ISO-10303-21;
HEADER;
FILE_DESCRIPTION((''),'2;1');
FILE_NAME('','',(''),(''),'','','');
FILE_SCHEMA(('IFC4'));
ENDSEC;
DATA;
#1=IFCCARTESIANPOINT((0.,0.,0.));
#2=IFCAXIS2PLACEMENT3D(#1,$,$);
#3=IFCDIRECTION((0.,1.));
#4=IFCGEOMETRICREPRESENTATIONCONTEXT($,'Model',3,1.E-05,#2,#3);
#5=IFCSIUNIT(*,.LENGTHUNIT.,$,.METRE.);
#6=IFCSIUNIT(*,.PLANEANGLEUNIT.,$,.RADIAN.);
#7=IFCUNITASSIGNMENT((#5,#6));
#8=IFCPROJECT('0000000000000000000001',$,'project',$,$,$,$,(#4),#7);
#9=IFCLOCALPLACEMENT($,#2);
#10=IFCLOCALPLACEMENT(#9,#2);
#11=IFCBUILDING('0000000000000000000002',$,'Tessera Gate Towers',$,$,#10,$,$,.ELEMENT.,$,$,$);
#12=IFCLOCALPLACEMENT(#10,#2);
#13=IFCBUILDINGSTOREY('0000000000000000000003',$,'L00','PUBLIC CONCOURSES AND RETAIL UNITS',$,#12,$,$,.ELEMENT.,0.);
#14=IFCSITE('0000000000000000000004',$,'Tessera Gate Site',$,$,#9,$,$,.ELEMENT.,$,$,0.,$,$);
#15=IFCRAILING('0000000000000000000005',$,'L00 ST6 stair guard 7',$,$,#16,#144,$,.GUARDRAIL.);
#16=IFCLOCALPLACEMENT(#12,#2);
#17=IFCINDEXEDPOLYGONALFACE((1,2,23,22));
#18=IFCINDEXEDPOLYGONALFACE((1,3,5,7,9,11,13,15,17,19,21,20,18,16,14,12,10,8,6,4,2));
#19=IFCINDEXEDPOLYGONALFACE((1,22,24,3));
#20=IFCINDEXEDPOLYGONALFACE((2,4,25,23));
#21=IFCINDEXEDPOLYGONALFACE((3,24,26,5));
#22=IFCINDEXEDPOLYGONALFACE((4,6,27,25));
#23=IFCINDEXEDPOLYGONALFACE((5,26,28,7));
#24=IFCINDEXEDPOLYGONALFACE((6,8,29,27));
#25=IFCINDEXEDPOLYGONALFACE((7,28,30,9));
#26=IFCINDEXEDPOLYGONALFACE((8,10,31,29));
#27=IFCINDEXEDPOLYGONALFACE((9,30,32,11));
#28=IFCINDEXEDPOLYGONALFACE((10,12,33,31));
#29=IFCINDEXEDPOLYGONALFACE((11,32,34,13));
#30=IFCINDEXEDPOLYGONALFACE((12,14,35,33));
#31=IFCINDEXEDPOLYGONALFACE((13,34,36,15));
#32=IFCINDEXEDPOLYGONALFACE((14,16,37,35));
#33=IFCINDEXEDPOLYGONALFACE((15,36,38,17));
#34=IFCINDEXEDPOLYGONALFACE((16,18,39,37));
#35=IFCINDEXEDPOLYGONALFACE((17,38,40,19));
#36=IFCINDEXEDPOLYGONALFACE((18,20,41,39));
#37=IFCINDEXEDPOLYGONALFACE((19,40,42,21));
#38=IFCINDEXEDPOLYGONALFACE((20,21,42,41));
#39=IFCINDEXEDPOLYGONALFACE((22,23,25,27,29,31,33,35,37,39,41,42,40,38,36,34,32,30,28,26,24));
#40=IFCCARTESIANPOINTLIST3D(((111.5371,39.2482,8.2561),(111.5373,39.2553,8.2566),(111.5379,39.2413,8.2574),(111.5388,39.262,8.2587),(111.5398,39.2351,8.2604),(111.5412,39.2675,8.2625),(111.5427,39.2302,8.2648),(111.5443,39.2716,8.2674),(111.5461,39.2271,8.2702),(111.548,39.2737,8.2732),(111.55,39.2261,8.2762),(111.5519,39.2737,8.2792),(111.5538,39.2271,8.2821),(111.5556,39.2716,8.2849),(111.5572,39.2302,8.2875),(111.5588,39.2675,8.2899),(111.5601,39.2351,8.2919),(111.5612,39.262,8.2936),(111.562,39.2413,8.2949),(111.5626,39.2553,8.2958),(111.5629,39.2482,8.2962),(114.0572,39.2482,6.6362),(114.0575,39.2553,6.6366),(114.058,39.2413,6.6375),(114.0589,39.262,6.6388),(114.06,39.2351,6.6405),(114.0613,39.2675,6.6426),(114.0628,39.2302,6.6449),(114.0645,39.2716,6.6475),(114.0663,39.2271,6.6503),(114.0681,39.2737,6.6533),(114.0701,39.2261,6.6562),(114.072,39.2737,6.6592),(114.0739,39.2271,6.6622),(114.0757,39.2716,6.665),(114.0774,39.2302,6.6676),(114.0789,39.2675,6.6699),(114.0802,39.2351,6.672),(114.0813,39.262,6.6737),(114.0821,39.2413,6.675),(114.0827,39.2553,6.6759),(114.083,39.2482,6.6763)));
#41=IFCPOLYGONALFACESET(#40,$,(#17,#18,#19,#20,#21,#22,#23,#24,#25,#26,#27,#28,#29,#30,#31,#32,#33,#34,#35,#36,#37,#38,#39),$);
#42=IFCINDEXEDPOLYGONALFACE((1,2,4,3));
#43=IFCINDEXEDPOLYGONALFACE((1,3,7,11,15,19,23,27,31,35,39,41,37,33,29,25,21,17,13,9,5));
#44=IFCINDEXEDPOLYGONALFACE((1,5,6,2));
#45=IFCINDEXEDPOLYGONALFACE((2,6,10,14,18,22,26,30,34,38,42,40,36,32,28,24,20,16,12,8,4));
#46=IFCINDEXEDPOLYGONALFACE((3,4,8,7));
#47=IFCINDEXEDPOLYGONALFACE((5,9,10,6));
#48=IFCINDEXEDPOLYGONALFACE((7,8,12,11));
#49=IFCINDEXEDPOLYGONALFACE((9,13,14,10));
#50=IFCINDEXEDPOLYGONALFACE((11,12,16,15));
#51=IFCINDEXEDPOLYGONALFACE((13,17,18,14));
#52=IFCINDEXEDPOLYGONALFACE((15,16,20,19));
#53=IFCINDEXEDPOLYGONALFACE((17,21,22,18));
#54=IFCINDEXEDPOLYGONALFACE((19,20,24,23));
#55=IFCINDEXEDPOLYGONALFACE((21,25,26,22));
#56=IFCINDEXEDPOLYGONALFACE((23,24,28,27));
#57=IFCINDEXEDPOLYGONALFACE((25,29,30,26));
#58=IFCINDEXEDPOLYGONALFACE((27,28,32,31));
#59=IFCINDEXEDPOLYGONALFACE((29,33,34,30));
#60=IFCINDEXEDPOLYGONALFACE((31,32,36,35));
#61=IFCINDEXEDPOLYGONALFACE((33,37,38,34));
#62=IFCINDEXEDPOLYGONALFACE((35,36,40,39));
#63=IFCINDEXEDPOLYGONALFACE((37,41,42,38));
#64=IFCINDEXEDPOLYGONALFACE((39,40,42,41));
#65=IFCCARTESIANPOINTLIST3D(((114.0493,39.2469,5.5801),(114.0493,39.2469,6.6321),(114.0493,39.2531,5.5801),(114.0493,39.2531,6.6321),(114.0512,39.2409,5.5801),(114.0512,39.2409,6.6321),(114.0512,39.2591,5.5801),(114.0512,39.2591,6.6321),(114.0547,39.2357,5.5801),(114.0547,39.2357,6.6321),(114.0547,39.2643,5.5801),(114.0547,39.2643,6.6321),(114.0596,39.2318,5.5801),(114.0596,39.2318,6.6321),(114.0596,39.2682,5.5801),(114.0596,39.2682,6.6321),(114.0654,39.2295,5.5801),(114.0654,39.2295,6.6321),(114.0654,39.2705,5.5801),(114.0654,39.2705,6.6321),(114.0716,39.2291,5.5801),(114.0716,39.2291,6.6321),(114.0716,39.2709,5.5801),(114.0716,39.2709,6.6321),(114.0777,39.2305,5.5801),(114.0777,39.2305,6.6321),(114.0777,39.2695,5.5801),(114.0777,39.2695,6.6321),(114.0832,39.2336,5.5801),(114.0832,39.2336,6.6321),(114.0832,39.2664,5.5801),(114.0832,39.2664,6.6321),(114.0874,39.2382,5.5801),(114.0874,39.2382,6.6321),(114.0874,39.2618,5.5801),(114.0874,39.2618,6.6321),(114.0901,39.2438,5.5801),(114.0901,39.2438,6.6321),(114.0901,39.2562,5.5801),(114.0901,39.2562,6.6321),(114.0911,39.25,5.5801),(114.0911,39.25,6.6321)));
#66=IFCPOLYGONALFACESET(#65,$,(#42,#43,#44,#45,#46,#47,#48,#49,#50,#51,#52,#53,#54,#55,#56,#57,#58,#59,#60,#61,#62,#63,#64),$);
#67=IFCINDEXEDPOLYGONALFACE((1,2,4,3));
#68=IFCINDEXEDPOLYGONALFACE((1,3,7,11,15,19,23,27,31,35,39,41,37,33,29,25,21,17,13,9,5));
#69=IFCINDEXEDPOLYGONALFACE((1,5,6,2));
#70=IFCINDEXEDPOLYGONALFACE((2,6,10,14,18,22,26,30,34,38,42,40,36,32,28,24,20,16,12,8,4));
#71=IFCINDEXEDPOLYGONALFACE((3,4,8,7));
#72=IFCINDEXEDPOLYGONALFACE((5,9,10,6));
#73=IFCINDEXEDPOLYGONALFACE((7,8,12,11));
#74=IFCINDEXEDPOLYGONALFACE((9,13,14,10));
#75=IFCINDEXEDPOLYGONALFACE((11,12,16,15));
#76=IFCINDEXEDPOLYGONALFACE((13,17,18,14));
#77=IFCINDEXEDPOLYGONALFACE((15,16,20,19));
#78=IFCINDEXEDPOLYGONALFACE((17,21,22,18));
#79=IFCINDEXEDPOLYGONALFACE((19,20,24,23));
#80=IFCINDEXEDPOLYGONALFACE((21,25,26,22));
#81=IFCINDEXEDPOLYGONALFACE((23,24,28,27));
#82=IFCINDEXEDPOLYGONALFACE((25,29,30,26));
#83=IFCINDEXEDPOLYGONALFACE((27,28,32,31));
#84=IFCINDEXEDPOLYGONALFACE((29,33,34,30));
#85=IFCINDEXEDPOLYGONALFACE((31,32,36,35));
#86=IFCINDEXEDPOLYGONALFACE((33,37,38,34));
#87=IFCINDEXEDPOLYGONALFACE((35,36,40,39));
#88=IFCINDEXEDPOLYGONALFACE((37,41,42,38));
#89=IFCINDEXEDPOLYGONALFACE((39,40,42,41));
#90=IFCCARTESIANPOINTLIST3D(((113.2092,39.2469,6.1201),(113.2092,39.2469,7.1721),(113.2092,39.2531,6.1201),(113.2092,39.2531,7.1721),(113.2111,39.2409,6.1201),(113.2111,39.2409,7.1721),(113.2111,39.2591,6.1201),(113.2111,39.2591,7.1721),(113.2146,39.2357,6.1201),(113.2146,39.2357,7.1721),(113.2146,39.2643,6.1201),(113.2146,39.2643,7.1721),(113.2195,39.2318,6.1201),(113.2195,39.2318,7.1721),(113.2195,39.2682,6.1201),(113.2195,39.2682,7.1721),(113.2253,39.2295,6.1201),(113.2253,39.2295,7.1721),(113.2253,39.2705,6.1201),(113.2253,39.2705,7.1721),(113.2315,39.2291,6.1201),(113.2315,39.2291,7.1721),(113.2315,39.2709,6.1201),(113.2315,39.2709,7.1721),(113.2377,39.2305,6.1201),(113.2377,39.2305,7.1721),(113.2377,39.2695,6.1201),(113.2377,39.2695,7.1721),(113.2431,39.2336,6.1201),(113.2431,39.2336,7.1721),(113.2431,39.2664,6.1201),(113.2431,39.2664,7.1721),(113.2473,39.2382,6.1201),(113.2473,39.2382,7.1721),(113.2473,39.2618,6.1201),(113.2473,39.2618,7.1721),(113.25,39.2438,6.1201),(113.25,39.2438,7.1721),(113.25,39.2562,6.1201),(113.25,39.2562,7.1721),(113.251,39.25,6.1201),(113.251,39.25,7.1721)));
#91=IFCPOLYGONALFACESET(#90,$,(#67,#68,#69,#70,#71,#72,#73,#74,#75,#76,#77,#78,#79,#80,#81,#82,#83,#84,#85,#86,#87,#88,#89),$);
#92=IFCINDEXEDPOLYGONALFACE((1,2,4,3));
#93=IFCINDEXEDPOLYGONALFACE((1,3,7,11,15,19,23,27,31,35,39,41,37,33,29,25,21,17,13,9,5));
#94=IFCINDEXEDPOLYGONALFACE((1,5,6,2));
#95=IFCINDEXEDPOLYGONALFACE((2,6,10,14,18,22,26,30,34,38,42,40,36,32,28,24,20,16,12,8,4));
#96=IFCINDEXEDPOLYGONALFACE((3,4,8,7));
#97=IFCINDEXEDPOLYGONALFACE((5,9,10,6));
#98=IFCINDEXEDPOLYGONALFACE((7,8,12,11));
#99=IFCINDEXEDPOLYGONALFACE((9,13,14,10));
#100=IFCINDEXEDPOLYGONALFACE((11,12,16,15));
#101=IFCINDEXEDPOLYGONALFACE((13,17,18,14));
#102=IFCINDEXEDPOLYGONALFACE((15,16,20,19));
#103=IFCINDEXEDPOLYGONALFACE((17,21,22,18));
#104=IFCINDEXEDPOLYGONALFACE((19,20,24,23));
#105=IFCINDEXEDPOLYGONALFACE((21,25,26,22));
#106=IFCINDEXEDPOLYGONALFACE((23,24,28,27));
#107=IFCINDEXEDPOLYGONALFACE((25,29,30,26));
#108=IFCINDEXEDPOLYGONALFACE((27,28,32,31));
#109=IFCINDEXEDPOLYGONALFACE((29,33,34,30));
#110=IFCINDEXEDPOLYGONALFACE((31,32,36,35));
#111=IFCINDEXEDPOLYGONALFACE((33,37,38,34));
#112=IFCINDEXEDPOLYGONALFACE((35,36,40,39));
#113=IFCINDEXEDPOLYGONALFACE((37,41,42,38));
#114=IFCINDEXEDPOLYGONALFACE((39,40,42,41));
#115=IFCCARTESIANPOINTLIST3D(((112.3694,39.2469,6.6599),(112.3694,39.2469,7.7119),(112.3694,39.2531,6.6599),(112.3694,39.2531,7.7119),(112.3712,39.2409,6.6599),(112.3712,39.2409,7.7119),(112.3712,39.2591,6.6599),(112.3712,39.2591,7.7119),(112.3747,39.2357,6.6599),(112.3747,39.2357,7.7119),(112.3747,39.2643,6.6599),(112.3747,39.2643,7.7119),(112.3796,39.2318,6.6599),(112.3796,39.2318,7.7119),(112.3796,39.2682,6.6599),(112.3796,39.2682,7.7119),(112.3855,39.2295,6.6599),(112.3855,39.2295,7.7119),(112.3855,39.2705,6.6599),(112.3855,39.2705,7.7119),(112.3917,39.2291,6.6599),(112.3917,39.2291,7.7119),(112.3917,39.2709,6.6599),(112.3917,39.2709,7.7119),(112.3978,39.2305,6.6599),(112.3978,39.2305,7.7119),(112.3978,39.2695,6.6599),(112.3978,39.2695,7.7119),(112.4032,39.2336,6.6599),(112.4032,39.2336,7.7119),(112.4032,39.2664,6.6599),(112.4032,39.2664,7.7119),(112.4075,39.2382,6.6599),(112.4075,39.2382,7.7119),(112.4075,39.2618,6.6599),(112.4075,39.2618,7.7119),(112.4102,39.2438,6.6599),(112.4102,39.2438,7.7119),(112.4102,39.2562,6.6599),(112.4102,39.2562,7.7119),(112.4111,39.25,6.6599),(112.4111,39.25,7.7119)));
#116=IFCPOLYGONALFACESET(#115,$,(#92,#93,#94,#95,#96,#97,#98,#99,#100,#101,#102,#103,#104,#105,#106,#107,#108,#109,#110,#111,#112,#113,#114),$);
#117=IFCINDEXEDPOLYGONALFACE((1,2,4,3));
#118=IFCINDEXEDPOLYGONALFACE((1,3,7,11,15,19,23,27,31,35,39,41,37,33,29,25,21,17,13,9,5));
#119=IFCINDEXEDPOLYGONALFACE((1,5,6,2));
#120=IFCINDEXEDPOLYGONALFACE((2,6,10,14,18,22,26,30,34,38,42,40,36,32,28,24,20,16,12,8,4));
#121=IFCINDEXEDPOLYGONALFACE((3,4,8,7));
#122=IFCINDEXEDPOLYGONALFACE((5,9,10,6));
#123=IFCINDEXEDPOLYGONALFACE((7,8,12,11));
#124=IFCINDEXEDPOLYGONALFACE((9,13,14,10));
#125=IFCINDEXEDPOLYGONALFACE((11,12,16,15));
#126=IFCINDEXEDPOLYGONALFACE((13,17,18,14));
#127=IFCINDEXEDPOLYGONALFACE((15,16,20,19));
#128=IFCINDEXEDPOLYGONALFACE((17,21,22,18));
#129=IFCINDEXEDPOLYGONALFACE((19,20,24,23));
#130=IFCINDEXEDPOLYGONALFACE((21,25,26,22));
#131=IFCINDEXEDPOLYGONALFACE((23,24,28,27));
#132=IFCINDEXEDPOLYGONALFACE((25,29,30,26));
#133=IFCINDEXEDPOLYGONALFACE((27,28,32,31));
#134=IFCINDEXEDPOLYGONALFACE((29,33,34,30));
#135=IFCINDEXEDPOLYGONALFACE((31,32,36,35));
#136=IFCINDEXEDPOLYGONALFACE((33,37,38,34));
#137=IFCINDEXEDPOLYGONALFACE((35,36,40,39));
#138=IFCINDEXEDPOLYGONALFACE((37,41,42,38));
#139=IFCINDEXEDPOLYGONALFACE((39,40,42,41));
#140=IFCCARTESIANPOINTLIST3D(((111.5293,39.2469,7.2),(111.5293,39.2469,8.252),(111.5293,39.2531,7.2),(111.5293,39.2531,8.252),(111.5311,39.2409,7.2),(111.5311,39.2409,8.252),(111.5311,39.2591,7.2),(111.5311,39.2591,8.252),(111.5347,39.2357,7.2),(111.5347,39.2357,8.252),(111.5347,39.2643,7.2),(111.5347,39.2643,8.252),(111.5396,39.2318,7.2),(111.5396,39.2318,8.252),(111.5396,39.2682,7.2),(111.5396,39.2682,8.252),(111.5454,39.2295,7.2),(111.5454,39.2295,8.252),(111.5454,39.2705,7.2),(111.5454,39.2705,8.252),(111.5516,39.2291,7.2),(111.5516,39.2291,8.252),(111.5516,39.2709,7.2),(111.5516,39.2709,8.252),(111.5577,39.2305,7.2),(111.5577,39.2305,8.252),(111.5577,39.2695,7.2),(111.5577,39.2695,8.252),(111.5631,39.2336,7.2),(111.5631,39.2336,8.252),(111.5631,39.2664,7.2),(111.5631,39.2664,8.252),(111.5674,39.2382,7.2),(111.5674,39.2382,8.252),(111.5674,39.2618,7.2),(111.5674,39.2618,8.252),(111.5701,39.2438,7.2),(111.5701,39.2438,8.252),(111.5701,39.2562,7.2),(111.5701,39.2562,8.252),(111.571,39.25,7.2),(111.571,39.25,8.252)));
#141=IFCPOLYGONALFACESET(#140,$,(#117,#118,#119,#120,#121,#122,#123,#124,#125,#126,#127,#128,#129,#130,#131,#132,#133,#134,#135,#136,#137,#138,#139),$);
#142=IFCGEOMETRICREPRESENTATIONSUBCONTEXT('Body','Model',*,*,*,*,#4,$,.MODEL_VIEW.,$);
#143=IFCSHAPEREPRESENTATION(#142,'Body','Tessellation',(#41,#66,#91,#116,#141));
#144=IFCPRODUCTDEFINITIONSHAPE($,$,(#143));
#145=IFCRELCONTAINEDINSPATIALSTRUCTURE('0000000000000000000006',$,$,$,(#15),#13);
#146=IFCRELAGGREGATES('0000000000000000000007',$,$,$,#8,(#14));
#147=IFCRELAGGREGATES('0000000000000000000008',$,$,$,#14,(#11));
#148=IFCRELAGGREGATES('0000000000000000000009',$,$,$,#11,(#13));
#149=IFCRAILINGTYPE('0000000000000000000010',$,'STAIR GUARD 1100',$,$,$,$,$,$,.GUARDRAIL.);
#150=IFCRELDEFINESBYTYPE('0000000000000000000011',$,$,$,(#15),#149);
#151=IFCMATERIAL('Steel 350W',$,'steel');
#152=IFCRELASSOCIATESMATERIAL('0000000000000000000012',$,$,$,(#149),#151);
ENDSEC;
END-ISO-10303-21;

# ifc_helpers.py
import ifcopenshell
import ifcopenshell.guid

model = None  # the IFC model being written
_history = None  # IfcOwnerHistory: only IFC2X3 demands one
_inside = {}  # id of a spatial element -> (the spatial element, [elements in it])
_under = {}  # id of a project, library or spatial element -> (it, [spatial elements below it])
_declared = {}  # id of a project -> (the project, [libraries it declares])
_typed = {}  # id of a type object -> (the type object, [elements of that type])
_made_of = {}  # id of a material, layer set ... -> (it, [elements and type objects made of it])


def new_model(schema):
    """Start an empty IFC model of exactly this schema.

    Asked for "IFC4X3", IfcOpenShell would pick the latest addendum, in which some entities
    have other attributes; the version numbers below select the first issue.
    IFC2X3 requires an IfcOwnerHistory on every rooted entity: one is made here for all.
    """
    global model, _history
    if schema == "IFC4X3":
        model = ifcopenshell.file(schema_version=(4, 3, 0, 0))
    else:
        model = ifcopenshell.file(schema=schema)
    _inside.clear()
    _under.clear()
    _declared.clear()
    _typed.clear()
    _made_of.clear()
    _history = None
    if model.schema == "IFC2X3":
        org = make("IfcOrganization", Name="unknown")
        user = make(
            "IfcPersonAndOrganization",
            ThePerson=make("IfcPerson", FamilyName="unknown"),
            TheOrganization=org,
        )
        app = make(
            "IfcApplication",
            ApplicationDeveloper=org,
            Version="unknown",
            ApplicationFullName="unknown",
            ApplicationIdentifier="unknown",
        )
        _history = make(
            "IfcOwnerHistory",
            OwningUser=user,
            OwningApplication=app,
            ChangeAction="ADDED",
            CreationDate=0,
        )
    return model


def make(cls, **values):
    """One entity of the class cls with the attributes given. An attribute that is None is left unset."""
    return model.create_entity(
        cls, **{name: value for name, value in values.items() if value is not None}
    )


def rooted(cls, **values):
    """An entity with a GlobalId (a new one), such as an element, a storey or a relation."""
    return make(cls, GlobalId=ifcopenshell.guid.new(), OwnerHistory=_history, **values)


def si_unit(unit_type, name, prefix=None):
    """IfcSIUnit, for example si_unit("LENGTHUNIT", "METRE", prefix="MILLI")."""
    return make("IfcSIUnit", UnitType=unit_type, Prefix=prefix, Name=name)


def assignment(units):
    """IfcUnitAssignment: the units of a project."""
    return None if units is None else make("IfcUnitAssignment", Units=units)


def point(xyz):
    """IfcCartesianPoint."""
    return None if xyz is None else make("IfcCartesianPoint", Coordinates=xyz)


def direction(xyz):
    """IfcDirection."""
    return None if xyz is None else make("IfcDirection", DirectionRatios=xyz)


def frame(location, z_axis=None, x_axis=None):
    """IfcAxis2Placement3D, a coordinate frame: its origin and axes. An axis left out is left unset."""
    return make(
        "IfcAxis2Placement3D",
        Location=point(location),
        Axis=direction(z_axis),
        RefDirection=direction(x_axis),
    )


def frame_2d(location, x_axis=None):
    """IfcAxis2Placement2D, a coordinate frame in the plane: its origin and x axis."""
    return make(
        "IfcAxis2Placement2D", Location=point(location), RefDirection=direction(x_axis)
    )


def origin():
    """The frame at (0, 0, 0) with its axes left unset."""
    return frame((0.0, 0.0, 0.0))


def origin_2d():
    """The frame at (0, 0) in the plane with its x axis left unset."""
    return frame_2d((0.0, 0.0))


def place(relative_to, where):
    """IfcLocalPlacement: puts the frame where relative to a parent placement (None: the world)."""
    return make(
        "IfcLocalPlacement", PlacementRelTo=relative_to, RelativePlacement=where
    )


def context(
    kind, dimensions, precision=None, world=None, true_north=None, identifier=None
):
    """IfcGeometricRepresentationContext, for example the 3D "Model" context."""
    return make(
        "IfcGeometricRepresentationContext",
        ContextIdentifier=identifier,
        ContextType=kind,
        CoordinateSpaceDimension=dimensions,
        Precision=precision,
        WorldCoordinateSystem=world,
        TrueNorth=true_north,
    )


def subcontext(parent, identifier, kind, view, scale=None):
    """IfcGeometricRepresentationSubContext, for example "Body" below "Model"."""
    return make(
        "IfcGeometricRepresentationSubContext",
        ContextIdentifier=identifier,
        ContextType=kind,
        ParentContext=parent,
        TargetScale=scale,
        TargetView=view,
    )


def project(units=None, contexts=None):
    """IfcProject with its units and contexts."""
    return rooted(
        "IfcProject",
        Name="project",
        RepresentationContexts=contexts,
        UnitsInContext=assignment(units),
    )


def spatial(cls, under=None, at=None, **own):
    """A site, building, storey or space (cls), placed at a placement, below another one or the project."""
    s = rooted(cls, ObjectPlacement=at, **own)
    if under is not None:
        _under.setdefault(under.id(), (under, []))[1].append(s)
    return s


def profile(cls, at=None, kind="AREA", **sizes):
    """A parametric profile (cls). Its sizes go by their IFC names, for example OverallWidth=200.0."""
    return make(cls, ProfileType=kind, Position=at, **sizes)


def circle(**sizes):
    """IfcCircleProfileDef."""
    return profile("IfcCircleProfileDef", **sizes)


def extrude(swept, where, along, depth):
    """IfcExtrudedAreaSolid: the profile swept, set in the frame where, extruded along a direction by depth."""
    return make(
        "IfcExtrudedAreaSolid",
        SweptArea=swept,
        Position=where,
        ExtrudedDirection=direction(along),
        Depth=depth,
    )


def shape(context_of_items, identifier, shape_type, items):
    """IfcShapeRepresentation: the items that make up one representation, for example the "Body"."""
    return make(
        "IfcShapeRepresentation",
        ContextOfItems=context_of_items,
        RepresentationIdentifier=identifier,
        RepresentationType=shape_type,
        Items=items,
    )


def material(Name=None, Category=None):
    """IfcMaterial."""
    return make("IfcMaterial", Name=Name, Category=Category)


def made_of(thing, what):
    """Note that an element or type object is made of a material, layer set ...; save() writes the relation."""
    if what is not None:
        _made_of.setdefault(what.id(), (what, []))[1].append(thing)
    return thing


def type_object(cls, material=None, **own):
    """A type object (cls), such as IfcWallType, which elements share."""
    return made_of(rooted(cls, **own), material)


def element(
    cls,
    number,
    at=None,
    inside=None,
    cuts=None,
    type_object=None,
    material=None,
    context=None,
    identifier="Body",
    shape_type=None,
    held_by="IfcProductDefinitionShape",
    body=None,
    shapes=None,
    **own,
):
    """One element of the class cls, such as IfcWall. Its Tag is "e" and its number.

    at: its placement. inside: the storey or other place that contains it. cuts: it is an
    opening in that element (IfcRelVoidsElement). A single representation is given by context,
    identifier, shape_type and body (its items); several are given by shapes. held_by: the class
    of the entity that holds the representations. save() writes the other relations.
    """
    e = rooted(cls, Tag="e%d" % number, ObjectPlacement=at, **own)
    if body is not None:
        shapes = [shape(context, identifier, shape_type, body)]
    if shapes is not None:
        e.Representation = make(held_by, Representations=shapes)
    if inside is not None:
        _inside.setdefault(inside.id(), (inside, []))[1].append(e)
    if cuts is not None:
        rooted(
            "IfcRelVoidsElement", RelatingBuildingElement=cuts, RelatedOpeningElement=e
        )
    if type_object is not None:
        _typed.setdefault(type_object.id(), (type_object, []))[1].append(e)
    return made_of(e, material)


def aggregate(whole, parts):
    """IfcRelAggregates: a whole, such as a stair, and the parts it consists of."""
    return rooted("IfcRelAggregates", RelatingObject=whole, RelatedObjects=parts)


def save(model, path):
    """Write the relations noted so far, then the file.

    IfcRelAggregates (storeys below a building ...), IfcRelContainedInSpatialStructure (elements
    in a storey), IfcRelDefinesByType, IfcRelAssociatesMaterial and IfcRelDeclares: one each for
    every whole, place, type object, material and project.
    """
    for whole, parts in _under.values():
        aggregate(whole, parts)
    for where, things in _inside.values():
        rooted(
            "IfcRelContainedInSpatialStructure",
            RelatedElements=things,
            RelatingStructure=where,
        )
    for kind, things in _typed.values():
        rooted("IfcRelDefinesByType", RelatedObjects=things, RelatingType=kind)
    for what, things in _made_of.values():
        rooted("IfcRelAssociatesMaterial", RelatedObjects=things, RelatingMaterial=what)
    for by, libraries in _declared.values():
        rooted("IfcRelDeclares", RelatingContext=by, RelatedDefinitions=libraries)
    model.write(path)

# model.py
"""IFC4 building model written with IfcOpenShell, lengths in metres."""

from ifc_helpers import new_model, si_unit, direction, frame, origin, origin_2d, place, context, subcontext, project, spatial, circle, extrude, material, type_object, element, save


model = new_model("IFC4")

# Units and contexts
model_context = context("Model", 3, precision=1e-05, world=origin(), true_north=direction((0.0, 1.0)))
body_context = subcontext(model_context, "Body", "Model", "MODEL_VIEW")
ifc_project = project(units=[si_unit("LENGTHUNIT", "METRE"), si_unit("PLANEANGLEUNIT", "RADIAN")], contexts=[model_context])

# Site, building, storey
site_placement = place(None, origin())
site = spatial("IfcSite", under=ifc_project, at=site_placement, Name="Tessera Gate Site", CompositionType="ELEMENT", RefElevation=0.0)
building_placement = place(site_placement, origin())
building = spatial("IfcBuilding", under=site, at=building_placement, Name="Tessera Gate Towers", CompositionType="ELEMENT")
storey_placement = place(building_placement, origin())
storey = spatial("IfcBuildingStorey", under=building, at=storey_placement, Name="L00", Description="PUBLIC CONCOURSES AND RETAIL UNITS", CompositionType="ELEMENT", Elevation=0.0)

# Railing
ifc_material_1 = material(Name="Steel 350W", Category="steel")
railing_type_1 = type_object("IfcRailingType", Name="STAIR GUARD 1100", PredefinedType="GUARDRAIL", material=ifc_material_1)
railing_1_placement = place(storey_placement, frame((114.0701, 39.25, 5.5801)))
element("IfcRailing", 1, at=railing_1_placement, inside=storey, type_object=railing_type_1, Name="L00 ST6 stair guard 7", PredefinedType="GUARDRAIL", context=body_context, shape_type="SweptSolid", body=[
    extrude(circle(Radius=0.0239, at=origin_2d()), frame((0.0, 0.0, 1.0762), z_axis=(-0.8412, 0.0, 0.540725), x_axis=(0.0, -1.0, 0.0)), (0.0, 0.0, 1.0), 2.9958),
    extrude(circle(Radius=0.021, at=origin_2d()), origin(), (0.0, 0.0, 1.0), 1.052),
    extrude(circle(Radius=0.021, at=origin_2d()), frame((-0.8401, 0.0, 0.54)), (0.0, 0.0, 1.0), 1.052),
    extrude(circle(Radius=0.021, at=origin_2d()), frame((-1.6799, 0.0, 1.0798)), (0.0, 0.0, 1.0), 1.052),
    extrude(circle(Radius=0.021, at=origin_2d()), frame((-2.52, 0.0, 1.6199)), (0.0, 0.0, 1.0), 1.052),
])

save(model, "model.ifc")
